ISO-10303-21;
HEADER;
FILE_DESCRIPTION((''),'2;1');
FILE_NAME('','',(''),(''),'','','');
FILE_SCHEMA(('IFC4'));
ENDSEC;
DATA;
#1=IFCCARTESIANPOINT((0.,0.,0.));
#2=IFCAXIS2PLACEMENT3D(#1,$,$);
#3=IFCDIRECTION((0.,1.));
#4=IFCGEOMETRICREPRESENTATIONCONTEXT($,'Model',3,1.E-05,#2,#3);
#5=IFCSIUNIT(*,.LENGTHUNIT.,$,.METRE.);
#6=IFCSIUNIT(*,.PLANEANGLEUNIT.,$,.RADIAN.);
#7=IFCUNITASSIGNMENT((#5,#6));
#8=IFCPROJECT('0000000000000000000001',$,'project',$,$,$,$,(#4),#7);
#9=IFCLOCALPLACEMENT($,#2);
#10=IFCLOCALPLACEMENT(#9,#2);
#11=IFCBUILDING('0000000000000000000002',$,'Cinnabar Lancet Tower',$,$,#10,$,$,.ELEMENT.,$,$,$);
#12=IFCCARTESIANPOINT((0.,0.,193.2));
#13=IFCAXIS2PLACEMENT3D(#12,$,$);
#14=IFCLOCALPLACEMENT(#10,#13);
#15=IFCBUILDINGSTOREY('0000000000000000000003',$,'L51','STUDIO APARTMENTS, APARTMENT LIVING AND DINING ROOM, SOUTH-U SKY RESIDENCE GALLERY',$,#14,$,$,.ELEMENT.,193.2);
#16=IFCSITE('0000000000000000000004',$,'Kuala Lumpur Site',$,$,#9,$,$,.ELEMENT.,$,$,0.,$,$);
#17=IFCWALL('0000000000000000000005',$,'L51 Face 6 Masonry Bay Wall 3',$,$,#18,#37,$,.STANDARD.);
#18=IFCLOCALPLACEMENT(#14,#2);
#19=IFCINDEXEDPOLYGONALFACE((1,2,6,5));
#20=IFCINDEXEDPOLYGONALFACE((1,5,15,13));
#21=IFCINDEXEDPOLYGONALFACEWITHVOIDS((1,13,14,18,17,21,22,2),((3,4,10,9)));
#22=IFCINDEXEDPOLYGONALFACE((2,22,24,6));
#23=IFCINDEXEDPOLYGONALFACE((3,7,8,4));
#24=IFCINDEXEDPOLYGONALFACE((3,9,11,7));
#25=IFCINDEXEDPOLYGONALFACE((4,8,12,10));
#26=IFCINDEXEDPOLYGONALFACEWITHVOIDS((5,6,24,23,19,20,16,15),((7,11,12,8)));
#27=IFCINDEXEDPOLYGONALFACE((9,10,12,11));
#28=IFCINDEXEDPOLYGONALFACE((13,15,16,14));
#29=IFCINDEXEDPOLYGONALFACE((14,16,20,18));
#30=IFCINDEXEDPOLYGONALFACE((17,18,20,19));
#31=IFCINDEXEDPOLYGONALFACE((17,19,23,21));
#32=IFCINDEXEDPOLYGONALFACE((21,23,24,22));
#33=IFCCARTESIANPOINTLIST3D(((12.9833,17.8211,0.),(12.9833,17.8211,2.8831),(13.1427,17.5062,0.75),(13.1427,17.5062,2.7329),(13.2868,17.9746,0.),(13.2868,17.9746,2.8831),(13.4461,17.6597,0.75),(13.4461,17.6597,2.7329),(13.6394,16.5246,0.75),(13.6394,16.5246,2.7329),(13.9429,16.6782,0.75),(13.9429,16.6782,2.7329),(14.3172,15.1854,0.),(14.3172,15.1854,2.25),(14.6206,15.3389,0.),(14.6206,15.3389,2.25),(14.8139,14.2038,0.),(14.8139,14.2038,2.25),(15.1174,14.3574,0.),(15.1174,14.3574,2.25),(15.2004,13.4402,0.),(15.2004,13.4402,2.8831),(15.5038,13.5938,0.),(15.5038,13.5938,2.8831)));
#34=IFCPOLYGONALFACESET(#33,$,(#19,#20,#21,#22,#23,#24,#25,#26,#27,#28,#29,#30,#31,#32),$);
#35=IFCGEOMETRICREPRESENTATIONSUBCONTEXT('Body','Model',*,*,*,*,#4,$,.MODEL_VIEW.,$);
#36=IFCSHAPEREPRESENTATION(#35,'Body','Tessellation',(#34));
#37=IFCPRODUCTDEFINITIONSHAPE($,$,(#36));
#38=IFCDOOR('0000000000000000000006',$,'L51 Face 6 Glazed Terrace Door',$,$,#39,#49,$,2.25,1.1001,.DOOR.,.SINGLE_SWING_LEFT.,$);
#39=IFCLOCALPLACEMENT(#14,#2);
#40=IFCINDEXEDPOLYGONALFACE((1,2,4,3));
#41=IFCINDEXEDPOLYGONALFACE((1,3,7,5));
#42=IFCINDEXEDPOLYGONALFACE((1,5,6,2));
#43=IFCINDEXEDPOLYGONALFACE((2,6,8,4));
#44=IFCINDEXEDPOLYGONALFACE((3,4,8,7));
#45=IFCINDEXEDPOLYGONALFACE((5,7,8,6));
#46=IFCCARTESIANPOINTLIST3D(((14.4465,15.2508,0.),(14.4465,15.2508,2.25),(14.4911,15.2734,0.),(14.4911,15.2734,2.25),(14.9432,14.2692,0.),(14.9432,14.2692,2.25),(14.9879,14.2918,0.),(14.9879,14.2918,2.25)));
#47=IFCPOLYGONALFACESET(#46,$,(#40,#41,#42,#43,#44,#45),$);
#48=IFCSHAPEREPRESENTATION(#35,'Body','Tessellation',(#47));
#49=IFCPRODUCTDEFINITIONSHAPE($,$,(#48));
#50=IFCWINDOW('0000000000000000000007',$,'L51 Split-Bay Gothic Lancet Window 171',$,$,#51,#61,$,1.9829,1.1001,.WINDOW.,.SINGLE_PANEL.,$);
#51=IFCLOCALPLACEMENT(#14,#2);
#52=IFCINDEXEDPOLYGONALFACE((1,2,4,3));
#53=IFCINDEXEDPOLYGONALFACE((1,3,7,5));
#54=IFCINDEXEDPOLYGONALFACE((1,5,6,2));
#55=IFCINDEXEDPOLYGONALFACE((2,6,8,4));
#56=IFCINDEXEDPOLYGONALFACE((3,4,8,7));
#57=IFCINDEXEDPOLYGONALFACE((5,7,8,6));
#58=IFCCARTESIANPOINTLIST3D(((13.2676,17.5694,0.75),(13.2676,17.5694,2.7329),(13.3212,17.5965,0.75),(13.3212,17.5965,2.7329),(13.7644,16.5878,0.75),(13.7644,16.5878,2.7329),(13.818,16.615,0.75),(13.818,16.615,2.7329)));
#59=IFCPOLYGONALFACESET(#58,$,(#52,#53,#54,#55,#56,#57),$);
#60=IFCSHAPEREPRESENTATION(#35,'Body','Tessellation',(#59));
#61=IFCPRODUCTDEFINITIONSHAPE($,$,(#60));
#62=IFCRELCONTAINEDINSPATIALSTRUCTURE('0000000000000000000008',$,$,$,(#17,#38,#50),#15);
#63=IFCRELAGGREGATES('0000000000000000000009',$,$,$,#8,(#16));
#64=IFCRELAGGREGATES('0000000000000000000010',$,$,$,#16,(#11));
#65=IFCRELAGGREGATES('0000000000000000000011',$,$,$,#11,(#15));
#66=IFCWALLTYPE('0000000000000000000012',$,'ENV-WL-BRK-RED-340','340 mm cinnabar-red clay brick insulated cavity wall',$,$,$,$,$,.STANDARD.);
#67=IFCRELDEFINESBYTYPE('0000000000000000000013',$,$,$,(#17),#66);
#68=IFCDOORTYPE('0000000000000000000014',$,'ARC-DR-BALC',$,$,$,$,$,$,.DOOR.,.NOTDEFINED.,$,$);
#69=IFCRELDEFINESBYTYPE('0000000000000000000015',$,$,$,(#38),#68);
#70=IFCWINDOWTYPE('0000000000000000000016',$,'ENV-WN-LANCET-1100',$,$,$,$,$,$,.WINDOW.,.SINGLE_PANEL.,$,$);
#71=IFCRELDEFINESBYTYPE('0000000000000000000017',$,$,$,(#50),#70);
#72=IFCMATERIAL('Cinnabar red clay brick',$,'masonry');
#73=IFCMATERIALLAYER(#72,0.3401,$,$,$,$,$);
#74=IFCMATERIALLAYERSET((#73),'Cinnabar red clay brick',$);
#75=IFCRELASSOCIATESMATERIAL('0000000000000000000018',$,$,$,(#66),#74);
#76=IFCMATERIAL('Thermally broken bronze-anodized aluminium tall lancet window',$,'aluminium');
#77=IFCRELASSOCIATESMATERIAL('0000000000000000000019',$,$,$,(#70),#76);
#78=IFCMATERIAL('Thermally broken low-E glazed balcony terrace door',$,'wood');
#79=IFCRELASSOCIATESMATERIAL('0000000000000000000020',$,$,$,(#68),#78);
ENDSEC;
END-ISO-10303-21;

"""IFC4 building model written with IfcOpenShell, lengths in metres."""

from ifc_helpers import new_model, si_unit, direction, frame, frame_2d, origin, place, context, subcontext, project, spatial, rectangle, extrude, material, layer, layer_set, type_object, element, fill, save


model = new_model("IFC4")

# Units and contexts
model_context = context("Model", 3, precision=1e-05, world=origin(), true_north=direction((0.0, 1.0)))
body_context = subcontext(model_context, "Body", "Model", "MODEL_VIEW")
ifc_project = project(units=[si_unit("LENGTHUNIT", "METRE"), si_unit("PLANEANGLEUNIT", "RADIAN")], contexts=[model_context])

# Site, building, storey
site_placement = place(None, origin())
site = spatial("IfcSite", under=ifc_project, at=site_placement, Name="Kuala Lumpur Site", CompositionType="ELEMENT", RefElevation=0.0)
building_placement = place(site_placement, origin())
building = spatial("IfcBuilding", under=site, at=building_placement, Name="Cinnabar Lancet Tower", CompositionType="ELEMENT")
storey_placement = place(building_placement, frame((0.0, 0.0, 193.2)))
storey = spatial("IfcBuildingStorey", under=building, at=storey_placement, Name="L51", Description="STUDIO APARTMENTS, APARTMENT LIVING AND DINING ROOM, SOUTH-U SKY RESIDENCE GALLERY", CompositionType="ELEMENT", Elevation=193.2)

# Shared definitions
ifc_material_1 = material(Name="Cinnabar red clay brick", Category="masonry")
ifc_layer_1 = layer(ifc_material_1, 0.3401)
ifc_layer_set_1 = layer_set([ifc_layer_1], Name="Cinnabar red clay brick")
wall_type_1 = type_object("IfcWallType", Name="ENV-WL-BRK-RED-340", Description="340 mm cinnabar-red clay brick insulated cavity wall", PredefinedType="STANDARD", material=ifc_layer_set_1)

# Shared definitions
ifc_material_2 = material(Name="Thermally broken bronze-anodized aluminium tall lancet window", Category="aluminium")
window_type = type_object("IfcWindowType", Name="ENV-WN-LANCET-1100", PartitioningType="SINGLE_PANEL", PredefinedType="WINDOW", material=ifc_material_2)

# Wall, openings, door, window
wall_1_placement = place(storey_placement, frame((13.135, 17.8979, 0.0), z_axis=(0.0, 0.0, 1.0), x_axis=(0.451544, -0.892249, 0.0)))
wall_1 = element("IfcWall", 1, at=wall_1_placement, inside=storey, type_object=wall_type_1, Name="L51 Face 6 Masonry Bay Wall 3", PredefinedType="STANDARD", context=body_context, shape_type="SweptSolid", body=[
    extrude(rectangle(XDim=4.9099, YDim=0.3401, at=frame_2d((2.4551, 0.0))), origin(), (0.0, 0.0, 1.0), 2.8831),
])
opening_1_placement = place(wall_1_placement, frame((2.9541, 0.0, 0.0)))
opening_1 = element("IfcOpeningElement", 2, at=opening_1_placement, cuts=wall_1, PredefinedType="OPENING", context=body_context, shape_type="SweptSolid", body=[
    extrude(rectangle(XDim=1.1001, YDim=2.25, at=frame_2d((0.55, 1.125))), frame((0.0, 0.1799, 0.0), z_axis=(0.0, -1.0, 0.0), x_axis=(1.0, 0.0, 0.0)), (0.0, 0.0, 1.0), 0.3601),
])
opening_2_placement = place(wall_1_placement, frame((0.353, 0.0, 0.75)))
opening_2 = element("IfcOpeningElement", 3, at=opening_2_placement, cuts=wall_1, PredefinedType="OPENING", context=body_context, shape_type="SweptSolid", body=[
    extrude(rectangle(XDim=1.1001, YDim=1.9829, at=frame_2d((0.55, 0.9915))), frame((0.0, 0.1799, 0.0), z_axis=(0.0, -1.0, 0.0), x_axis=(1.0, 0.0, 0.0)), (0.0, 0.0, 1.0), 0.3601),
])
ifc_material_3 = material(Name="Thermally broken low-E glazed balcony terrace door", Category="wood")
door_type_1 = type_object("IfcDoorType", Name="ARC-DR-BALC", OperationType="NOTDEFINED", PredefinedType="DOOR", material=ifc_material_3)
door_1_placement = place(opening_1_placement, origin())
door_1 = element("IfcDoor", 4, at=door_1_placement, inside=storey, type_object=door_type_1, Name="L51 Face 6 Glazed Terrace Door", OperationType="SINGLE_SWING_LEFT", OverallHeight=2.25, OverallWidth=1.1001, PredefinedType="DOOR", context=body_context, shape_type="SweptSolid", body=[
    extrude(rectangle(XDim=1.1001, YDim=2.25, at=frame_2d((0.55, 1.125))), frame((0.0, 0.0249, 0.0), z_axis=(0.0, -1.0, 0.0), x_axis=(1.0, 0.0, 0.0)), (0.0, 0.0, 1.0), 0.05),
])
fill(opening_1, door_1)
window_1_placement = place(opening_2_placement, origin())
window_1 = element("IfcWindow", 5, at=window_1_placement, inside=storey, type_object=window_type, Name="L51 Split-Bay Gothic Lancet Window 171", OverallHeight=1.9829, OverallWidth=1.1001, PartitioningType="SINGLE_PANEL", PredefinedType="WINDOW", context=body_context, shape_type="SweptSolid", body=[
    extrude(rectangle(XDim=1.1001, YDim=1.9829, at=frame_2d((0.55, 0.9915))), frame((0.0, 0.03, 0.0), z_axis=(0.0, -1.0, 0.0), x_axis=(1.0, 0.0, 0.0)), (0.0, 0.0, 1.0), 0.0601),
])
fill(opening_2, window_1)

save(model, "model.ifc")
